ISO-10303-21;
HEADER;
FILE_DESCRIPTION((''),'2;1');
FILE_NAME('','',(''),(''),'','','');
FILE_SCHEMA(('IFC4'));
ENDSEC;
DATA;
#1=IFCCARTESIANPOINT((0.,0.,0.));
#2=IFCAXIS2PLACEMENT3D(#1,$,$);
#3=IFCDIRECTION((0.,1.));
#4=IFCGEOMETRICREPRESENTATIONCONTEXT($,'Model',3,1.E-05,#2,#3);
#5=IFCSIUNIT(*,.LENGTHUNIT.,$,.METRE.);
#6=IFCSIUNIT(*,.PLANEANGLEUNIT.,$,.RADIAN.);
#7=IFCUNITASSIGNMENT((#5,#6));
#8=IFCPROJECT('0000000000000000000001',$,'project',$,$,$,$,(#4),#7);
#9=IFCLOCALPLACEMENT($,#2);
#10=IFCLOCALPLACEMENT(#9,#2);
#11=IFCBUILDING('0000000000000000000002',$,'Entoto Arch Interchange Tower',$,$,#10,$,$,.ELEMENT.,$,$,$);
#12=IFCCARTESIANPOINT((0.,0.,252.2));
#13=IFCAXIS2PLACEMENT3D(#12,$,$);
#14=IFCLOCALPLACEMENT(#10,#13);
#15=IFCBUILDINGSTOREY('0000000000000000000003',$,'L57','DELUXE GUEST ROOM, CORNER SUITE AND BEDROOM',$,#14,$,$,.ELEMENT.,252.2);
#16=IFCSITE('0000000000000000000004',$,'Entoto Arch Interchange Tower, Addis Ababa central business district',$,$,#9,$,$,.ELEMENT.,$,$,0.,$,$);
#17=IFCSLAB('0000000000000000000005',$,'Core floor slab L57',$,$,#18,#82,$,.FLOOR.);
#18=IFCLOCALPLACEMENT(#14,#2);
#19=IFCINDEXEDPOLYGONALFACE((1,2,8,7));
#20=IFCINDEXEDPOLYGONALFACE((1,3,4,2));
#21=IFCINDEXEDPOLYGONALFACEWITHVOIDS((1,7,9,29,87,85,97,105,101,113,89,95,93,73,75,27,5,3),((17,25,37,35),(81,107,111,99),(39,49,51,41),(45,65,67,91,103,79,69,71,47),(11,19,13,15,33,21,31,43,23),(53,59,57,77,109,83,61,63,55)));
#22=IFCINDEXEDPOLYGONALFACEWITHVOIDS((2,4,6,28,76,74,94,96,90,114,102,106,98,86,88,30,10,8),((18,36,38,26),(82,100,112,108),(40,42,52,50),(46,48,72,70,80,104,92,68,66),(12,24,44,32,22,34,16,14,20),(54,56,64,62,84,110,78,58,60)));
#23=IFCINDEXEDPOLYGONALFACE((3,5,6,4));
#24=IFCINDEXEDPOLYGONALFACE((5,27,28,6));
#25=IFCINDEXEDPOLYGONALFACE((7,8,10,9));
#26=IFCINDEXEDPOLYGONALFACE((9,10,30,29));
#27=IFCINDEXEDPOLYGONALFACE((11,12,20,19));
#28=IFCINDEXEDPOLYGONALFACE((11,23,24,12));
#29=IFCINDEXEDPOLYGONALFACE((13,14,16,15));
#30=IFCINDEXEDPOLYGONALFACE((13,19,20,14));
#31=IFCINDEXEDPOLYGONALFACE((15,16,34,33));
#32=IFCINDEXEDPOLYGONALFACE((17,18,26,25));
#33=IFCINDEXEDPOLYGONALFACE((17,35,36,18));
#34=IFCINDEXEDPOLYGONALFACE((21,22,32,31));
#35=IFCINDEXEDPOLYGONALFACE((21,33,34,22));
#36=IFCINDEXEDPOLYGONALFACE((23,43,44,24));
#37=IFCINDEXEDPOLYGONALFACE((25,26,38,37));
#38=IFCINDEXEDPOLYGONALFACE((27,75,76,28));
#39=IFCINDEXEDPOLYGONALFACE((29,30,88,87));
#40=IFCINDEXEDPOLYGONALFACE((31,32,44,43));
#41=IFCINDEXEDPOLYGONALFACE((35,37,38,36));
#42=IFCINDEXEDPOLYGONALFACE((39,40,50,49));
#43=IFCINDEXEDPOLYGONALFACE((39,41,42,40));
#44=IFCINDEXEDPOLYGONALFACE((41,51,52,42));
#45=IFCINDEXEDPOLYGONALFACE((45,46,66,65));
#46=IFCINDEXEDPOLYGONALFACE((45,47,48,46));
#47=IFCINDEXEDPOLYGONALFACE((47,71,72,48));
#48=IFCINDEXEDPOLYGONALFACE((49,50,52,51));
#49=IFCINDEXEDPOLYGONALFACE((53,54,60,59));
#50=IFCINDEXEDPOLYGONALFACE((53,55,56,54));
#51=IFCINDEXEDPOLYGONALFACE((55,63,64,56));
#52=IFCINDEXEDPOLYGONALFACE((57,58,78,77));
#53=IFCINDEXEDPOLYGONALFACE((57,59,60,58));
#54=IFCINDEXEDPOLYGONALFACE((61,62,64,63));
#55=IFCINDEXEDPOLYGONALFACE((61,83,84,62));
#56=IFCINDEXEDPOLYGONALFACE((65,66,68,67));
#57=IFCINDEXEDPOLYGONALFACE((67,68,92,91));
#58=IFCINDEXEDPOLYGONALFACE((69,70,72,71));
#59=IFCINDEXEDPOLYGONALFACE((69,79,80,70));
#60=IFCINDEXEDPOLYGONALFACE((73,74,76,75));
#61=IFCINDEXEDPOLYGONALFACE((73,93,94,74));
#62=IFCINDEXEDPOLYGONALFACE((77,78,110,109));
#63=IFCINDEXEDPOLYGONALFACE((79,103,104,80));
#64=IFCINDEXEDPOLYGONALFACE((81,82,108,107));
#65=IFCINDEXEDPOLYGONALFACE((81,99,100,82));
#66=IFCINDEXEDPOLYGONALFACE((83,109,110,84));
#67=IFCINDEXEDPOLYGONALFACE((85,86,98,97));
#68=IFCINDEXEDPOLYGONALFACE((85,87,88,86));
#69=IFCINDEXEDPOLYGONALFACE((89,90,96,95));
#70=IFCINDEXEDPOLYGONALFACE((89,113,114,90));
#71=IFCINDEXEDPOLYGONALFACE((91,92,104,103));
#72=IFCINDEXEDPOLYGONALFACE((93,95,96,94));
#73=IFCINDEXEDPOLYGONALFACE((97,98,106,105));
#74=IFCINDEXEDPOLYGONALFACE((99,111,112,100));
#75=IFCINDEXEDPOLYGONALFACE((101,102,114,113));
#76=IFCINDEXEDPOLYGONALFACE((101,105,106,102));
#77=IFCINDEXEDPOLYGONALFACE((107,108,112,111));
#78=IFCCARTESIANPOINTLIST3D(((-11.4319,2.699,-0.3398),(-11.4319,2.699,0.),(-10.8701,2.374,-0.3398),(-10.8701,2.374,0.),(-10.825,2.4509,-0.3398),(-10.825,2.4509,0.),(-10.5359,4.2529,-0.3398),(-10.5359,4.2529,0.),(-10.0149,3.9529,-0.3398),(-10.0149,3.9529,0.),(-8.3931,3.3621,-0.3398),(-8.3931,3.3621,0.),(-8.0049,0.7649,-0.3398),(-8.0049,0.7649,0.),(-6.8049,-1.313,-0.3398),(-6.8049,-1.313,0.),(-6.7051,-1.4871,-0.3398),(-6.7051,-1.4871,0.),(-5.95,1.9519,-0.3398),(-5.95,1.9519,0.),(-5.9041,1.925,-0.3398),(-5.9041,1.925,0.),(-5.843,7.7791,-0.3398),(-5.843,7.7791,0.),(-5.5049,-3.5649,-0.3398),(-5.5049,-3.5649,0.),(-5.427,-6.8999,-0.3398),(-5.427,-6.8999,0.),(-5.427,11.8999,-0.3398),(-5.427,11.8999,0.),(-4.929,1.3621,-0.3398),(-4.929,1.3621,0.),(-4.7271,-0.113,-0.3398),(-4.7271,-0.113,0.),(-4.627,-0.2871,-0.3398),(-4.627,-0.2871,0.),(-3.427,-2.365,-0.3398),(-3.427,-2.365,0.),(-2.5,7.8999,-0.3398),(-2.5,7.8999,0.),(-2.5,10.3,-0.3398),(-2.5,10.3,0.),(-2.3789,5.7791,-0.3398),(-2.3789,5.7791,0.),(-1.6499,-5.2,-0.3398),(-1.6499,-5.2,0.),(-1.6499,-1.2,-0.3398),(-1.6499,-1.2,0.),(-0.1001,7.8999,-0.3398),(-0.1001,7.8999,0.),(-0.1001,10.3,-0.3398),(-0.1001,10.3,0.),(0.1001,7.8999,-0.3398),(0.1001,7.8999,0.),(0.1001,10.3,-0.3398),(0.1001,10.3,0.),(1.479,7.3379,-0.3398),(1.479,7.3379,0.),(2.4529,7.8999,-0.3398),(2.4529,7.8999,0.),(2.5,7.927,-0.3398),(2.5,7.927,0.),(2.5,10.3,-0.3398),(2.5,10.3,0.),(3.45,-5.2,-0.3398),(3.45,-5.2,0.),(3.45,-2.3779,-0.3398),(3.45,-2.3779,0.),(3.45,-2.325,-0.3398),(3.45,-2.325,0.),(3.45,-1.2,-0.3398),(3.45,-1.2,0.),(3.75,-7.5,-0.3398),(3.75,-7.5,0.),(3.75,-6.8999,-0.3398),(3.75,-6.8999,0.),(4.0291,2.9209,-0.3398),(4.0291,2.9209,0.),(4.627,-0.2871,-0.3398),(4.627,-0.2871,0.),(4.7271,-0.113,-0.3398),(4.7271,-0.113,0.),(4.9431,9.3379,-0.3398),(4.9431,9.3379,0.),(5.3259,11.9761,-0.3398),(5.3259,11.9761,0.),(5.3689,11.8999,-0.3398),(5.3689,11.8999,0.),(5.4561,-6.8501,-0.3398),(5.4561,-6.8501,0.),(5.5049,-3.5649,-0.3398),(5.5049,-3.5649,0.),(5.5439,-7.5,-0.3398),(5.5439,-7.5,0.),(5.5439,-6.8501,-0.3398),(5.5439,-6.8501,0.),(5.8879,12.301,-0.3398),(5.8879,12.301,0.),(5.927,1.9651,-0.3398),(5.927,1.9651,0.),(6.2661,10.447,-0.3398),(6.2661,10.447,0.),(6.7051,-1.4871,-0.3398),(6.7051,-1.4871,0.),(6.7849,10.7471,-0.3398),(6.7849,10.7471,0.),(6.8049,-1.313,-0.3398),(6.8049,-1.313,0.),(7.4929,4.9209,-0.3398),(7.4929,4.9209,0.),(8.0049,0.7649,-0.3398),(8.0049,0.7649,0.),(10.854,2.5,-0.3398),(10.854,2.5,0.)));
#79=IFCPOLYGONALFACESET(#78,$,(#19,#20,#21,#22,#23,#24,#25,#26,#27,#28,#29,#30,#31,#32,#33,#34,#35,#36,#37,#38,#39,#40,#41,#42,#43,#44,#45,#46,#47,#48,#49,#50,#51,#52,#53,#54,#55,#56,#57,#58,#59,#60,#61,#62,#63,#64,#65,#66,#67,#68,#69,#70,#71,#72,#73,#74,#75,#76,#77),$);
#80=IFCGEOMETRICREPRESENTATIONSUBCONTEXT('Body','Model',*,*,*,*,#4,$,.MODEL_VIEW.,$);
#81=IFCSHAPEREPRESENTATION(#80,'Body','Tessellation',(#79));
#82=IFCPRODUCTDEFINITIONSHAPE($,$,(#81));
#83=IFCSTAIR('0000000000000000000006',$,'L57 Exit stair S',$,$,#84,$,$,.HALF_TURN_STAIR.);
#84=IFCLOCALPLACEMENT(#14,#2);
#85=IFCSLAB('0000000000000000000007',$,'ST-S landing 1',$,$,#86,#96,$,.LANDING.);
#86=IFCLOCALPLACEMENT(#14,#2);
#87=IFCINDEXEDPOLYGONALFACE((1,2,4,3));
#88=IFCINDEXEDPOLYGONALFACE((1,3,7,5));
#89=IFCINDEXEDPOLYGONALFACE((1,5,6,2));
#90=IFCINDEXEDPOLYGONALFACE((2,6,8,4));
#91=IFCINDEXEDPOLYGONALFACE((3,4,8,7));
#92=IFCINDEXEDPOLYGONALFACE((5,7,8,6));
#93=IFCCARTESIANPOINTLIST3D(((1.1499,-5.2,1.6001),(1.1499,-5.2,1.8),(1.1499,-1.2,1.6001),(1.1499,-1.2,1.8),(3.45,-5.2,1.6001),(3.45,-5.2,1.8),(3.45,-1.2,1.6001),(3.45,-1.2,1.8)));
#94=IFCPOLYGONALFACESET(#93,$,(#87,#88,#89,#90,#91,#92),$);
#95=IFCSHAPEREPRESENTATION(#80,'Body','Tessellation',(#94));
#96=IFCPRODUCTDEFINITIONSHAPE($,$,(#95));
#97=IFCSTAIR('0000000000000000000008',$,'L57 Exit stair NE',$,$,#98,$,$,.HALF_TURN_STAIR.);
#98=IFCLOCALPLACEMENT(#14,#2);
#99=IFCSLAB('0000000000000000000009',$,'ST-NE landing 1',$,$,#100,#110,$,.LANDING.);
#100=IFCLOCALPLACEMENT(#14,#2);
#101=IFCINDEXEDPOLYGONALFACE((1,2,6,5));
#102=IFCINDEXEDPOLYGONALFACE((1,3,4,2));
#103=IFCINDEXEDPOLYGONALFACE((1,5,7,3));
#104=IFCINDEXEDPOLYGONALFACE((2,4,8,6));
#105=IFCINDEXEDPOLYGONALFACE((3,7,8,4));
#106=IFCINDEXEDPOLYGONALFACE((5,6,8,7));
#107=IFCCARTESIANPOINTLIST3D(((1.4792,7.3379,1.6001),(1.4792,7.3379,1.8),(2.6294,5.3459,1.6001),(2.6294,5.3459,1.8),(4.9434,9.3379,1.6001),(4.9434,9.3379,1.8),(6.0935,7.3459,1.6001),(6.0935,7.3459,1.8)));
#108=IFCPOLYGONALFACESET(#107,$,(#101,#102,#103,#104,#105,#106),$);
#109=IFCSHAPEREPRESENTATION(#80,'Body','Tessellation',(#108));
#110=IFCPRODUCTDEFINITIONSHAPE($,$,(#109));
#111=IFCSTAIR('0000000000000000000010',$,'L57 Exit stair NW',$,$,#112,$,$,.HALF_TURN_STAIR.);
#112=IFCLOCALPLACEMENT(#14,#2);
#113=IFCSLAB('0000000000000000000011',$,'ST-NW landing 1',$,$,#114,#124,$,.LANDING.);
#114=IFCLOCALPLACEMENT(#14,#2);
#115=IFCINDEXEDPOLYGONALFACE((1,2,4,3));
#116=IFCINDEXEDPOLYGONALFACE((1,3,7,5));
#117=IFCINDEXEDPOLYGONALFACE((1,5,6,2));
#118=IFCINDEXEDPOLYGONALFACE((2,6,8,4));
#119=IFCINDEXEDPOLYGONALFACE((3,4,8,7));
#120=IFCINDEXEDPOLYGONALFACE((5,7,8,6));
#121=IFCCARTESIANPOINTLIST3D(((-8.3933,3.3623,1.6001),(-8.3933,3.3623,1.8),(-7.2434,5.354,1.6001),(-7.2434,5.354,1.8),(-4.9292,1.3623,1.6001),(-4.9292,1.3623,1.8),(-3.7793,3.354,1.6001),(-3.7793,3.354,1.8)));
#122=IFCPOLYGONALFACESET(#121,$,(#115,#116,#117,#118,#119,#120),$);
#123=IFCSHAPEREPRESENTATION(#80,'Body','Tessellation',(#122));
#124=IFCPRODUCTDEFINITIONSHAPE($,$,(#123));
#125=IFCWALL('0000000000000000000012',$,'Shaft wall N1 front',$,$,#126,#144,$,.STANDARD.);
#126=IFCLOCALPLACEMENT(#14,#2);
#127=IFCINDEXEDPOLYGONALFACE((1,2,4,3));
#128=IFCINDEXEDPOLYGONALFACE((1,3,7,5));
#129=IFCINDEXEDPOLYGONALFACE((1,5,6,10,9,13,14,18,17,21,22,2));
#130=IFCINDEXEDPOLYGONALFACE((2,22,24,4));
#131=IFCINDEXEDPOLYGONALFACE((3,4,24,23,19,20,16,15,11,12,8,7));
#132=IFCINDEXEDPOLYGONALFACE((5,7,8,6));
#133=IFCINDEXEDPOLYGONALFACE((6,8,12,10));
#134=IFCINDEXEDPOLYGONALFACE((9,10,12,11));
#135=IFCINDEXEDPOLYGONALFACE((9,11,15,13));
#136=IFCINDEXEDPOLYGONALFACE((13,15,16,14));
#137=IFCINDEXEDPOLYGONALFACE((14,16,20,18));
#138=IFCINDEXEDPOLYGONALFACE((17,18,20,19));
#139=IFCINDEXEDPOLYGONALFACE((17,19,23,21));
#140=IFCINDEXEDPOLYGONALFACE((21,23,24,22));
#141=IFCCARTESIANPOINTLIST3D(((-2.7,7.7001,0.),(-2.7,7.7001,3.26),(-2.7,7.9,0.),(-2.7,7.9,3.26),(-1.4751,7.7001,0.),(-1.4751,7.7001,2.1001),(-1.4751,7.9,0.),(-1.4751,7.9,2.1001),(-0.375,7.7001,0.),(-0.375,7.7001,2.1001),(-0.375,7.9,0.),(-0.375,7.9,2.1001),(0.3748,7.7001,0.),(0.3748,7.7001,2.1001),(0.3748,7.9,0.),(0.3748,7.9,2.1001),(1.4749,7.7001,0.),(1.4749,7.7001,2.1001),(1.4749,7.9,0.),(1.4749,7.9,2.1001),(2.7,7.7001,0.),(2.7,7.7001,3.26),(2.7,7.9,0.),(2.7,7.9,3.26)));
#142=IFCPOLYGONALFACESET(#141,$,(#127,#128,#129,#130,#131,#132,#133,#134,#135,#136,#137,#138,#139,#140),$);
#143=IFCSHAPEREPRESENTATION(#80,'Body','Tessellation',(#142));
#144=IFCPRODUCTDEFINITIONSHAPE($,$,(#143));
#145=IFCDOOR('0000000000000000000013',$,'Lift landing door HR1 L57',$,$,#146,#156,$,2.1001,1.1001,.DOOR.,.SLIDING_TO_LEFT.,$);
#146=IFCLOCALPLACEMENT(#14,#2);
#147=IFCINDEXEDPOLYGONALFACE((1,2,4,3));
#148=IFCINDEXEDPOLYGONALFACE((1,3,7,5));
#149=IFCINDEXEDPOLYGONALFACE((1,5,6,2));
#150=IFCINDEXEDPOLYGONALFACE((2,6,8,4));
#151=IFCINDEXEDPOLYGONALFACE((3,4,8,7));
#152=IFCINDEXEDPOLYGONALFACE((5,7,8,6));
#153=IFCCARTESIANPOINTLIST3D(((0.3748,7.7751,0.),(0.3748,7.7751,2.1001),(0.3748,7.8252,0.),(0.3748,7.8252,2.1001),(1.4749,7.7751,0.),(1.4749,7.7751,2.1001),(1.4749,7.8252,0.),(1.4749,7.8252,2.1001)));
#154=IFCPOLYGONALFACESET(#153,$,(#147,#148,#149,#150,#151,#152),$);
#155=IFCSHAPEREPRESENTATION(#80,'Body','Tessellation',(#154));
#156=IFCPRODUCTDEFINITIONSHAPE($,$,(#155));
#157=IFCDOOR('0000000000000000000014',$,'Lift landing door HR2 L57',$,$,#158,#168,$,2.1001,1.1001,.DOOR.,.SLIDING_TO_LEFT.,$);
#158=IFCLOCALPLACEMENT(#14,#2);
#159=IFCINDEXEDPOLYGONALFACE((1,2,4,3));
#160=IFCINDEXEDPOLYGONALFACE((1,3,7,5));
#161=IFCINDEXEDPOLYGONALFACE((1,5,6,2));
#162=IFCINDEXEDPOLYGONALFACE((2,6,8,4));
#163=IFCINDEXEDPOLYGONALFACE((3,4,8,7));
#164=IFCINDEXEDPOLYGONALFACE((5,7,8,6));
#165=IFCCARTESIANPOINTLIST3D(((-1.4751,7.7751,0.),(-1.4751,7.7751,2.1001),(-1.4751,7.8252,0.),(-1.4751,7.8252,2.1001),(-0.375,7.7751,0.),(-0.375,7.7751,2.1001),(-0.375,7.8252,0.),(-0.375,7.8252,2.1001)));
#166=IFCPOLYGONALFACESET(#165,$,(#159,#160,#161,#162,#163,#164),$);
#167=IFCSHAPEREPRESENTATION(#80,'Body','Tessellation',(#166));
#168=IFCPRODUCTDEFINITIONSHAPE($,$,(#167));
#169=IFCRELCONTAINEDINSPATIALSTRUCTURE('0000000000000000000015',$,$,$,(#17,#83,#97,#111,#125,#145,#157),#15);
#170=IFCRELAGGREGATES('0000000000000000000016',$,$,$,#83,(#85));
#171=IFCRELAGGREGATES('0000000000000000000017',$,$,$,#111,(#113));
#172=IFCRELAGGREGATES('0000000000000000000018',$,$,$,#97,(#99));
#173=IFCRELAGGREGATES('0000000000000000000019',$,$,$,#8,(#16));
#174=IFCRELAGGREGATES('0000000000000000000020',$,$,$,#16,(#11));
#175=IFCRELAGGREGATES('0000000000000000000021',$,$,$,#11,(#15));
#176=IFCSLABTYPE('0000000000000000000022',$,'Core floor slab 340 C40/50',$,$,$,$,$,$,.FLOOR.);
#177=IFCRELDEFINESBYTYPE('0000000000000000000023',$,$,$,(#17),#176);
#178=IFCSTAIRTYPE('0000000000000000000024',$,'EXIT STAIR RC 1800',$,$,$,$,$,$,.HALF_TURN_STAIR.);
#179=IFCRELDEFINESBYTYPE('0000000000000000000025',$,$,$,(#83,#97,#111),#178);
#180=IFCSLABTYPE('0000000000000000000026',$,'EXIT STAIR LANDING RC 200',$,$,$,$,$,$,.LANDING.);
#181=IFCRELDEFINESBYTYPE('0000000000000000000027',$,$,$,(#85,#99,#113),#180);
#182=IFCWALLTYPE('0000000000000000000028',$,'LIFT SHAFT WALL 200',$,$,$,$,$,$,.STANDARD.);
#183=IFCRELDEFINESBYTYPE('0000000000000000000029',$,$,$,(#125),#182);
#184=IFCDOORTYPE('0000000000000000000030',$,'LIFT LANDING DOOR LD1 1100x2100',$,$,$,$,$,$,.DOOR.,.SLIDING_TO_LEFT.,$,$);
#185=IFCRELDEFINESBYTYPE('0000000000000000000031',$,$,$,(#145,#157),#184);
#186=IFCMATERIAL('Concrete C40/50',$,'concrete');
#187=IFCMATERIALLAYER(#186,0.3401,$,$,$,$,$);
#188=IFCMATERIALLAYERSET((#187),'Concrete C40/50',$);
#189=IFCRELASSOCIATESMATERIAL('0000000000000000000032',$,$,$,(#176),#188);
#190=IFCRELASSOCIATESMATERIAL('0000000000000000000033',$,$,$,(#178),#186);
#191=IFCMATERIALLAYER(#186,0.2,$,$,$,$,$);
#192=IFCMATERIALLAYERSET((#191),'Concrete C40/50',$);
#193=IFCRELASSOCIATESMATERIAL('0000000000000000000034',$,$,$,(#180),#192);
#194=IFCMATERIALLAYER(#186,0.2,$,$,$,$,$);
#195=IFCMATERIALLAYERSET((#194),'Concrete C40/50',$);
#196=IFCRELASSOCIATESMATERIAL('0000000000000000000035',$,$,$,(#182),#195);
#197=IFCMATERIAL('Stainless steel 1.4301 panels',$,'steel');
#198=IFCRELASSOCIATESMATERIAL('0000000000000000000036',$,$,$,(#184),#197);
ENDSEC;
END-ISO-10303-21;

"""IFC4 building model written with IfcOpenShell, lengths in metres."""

from ifc_helpers import new_model, si_unit, direction, frame, frame_2d, origin, place, context, subcontext, project, spatial, polyline, rectangle, outline, extrude, material, layer, layer_set, type_object, element, fill, aggregate, save


model = new_model("IFC4")

# Units and contexts
model_context = context("Model", 3, precision=1e-05, world=origin(), true_north=direction((0.0, 1.0)))
body_context = subcontext(model_context, "Body", "Model", "MODEL_VIEW")
ifc_project = project(units=[si_unit("LENGTHUNIT", "METRE"), si_unit("PLANEANGLEUNIT", "RADIAN")], contexts=[model_context])

# Site, building, storey
site_placement = place(None, origin())
site = spatial("IfcSite", under=ifc_project, at=site_placement, Name="Entoto Arch Interchange Tower, Addis Ababa central business district", CompositionType="ELEMENT", RefElevation=0.0)
building_placement = place(site_placement, origin())
building = spatial("IfcBuilding", under=site, at=building_placement, Name="Entoto Arch Interchange Tower", CompositionType="ELEMENT")
storey_placement = place(building_placement, frame((0.0, 0.0, 252.2)))
storey = spatial("IfcBuildingStorey", under=building, at=storey_placement, Name="L57", Description="DELUXE GUEST ROOM, CORNER SUITE AND BEDROOM", CompositionType="ELEMENT", Elevation=252.2)

# Slab
ifc_material_1 = material(Name="Concrete C40/50", Category="concrete")
ifc_layer_1 = layer(ifc_material_1, 0.3401)
ifc_layer_set_1 = layer_set([ifc_layer_1], Name="Concrete C40/50")
slab_type_1 = type_object("IfcSlabType", Name="Core floor slab 340 C40/50", PredefinedType="FLOOR", material=ifc_layer_set_1)
slab_1_placement = place(storey_placement, frame((0.0, 0.0, -0.3398)))
element("IfcSlab", 1, at=slab_1_placement, inside=storey, type_object=slab_type_1, Name="Core floor slab L57", PredefinedType="FLOOR", context=body_context, shape_type="SweptSolid", body=[
    extrude(outline(polyline([(-10.825, 2.4509), (-10.8701, 2.374), (-11.4319, 2.699), (-10.5359, 4.2529), (-10.0149, 3.9529), (-5.427, 11.8999), (5.3689, 11.8999), (5.3259, 11.9761), (5.8879, 12.301), (6.7849, 10.7471), (6.2661, 10.447), (10.854, 2.5), (5.4561, -6.8501), (5.5439, -6.8501), (5.5439, -7.5), (3.75, -7.5), (3.75, -6.8999), (-5.427, -6.8999), (-10.825, 2.4509)]), holes=[polyline([(-1.6499, -5.2), (3.45, -5.2), (3.45, -2.3779), (5.5049, -3.5649), (6.7051, -1.4871), (4.627, -0.2871), (3.45, -2.325), (3.45, -1.2), (-1.6499, -1.2), (-1.6499, -5.2)]), polyline([(-4.627, -0.2871), (-6.7051, -1.4871), (-5.5049, -3.5649), (-3.427, -2.365), (-4.627, -0.2871)]), polyline([(-5.9041, 1.925), (-4.929, 1.3621), (-2.3789, 5.7791), (-5.843, 7.7791), (-8.3931, 3.3621), (-5.95, 1.9519), (-8.0049, 0.7649), (-6.8049, -1.313), (-4.7271, -0.113), (-5.9041, 1.925)]), polyline([(4.7271, -0.113), (6.8049, -1.313), (8.0049, 0.7649), (5.927, 1.9651), (4.7271, -0.113)]), polyline([(2.5, 7.927), (2.5, 10.3), (0.1001, 10.3), (0.1001, 7.8999), (2.4529, 7.8999), (1.479, 7.3379), (4.0291, 2.9209), (7.4929, 4.9209), (4.9431, 9.3379), (2.5, 7.927)]), polyline([(-2.5, 7.8999), (-0.1001, 7.8999), (-0.1001, 10.3), (-2.5, 10.3), (-2.5, 7.8999)])]), origin(), (0.0, 0.0, 1.0), 0.3398),
])

# Stairs, slabs
stair_type = type_object("IfcStairType", Name="EXIT STAIR RC 1800", PredefinedType="HALF_TURN_STAIR", material=ifc_material_1)
stair_1_placement = place(storey_placement, origin())
stair_1 = element("IfcStair", 2, at=stair_1_placement, inside=storey, type_object=stair_type, Name="L57 Exit stair S", PredefinedType="HALF_TURN_STAIR")
ifc_layer_2 = layer(ifc_material_1, 0.2)
ifc_layer_set_2 = layer_set([ifc_layer_2], Name="Concrete C40/50")
slab_type_2 = type_object("IfcSlabType", Name="EXIT STAIR LANDING RC 200", PredefinedType="LANDING", material=ifc_layer_set_2)
slab_2_placement = place(storey_placement, frame((0.0, 0.0, 1.6001)))
slab_2 = element("IfcSlab", 3, at=slab_2_placement, type_object=slab_type_2, Name="ST-S landing 1", PredefinedType="LANDING", context=body_context, shape_type="SweptSolid", body=[
    extrude(outline(polyline([(1.1499, -5.2), (3.45, -5.2), (3.45, -1.2), (1.1499, -1.2), (1.1499, -5.2)])), origin(), (0.0, 0.0, 1.0), 0.2),
])
aggregate(stair_1, [slab_2])
stair_2_placement = place(storey_placement, origin())
stair_2 = element("IfcStair", 4, at=stair_2_placement, inside=storey, type_object=stair_type, Name="L57 Exit stair NE", PredefinedType="HALF_TURN_STAIR")
slab_3_placement = place(storey_placement, frame((0.0, 0.0, 1.6001)))
slab_3 = element("IfcSlab", 5, at=slab_3_placement, type_object=slab_type_2, Name="ST-NE landing 1", PredefinedType="LANDING", context=body_context, shape_type="SweptSolid", body=[
    extrude(outline(polyline([(6.0935, 7.3459), (4.9434, 9.3379), (1.4792, 7.3379), (2.6294, 5.3459), (6.0935, 7.3459)])), origin(), (0.0, 0.0, 1.0), 0.2),
])
stair_3_placement = place(storey_placement, origin())
stair_3 = element("IfcStair", 6, at=stair_3_placement, inside=storey, type_object=stair_type, Name="L57 Exit stair NW", PredefinedType="HALF_TURN_STAIR")
slab_4_placement = place(storey_placement, frame((0.0, 0.0, 1.6001)))
slab_4 = element("IfcSlab", 7, at=slab_4_placement, type_object=slab_type_2, Name="ST-NW landing 1", PredefinedType="LANDING", context=body_context, shape_type="SweptSolid", body=[
    extrude(outline(polyline([(-7.2434, 5.354), (-8.3933, 3.3623), (-4.9292, 1.3623), (-3.7793, 3.354), (-7.2434, 5.354)])), origin(), (0.0, 0.0, 1.0), 0.2),
])
aggregate(stair_3, [slab_4])

# Wall, openings, doors
ifc_layer_3 = layer(ifc_material_1, 0.2)
ifc_layer_set_3 = layer_set([ifc_layer_3], Name="Concrete C40/50")
wall_type_1 = type_object("IfcWallType", Name="LIFT SHAFT WALL 200", PredefinedType="STANDARD", material=ifc_layer_set_3)
wall_1_placement = place(storey_placement, frame((2.7, 7.8, 0.0), z_axis=(0.0, 0.0, 1.0), x_axis=(-1.0, 0.0, 0.0)))
wall_1 = element("IfcWall", 8, at=wall_1_placement, inside=storey, type_object=wall_type_1, Name="Shaft wall N1 front", PredefinedType="STANDARD", context=body_context, shape_type="SweptSolid", body=[
    extrude(rectangle(XDim=5.3999, YDim=0.2, at=frame_2d((2.7, 0.0))), origin(), (0.0, 0.0, 1.0), 3.26),
])
opening_1_placement = place(wall_1_placement, frame((1.2251, 0.0, 0.0)))
opening_1 = element("IfcOpeningElement", 9, at=opening_1_placement, cuts=wall_1, PredefinedType="OPENING", context=body_context, shape_type="SweptSolid", body=[
    extrude(rectangle(XDim=1.1001, YDim=2.1001, at=frame_2d((0.55, 1.05))), frame((0.0, 0.1099, 0.0), z_axis=(0.0, -1.0, 0.0), x_axis=(1.0, 0.0, 0.0)), (0.0, 0.0, 1.0), 0.22),
])
opening_2_placement = place(wall_1_placement, frame((3.075, 0.0, 0.0)))
opening_2 = element("IfcOpeningElement", 10, at=opening_2_placement, cuts=wall_1, PredefinedType="OPENING", context=body_context, shape_type="SweptSolid", body=[
    extrude(rectangle(XDim=1.1001, YDim=2.1001, at=frame_2d((0.55, 1.05))), frame((0.0, 0.1099, 0.0), z_axis=(0.0, -1.0, 0.0), x_axis=(1.0, 0.0, 0.0)), (0.0, 0.0, 1.0), 0.22),
])
ifc_material_2 = material(Name="Stainless steel 1.4301 panels", Category="steel")
door_type_1 = type_object("IfcDoorType", Name="LIFT LANDING DOOR LD1 1100x2100", OperationType="SLIDING_TO_LEFT", PredefinedType="DOOR", material=ifc_material_2)
door_1_placement = place(opening_1_placement, origin())
door_1 = element("IfcDoor", 11, at=door_1_placement, inside=storey, type_object=door_type_1, Name="Lift landing door HR1 L57", OperationType="SLIDING_TO_LEFT", OverallHeight=2.1001, OverallWidth=1.1001, PredefinedType="DOOR", context=body_context, shape_type="SweptSolid", body=[
    extrude(rectangle(XDim=1.1001, YDim=2.1001, at=frame_2d((0.55, 1.05))), frame((0.0, 0.0249, 0.0), z_axis=(0.0, -1.0, 0.0), x_axis=(1.0, 0.0, 0.0)), (0.0, 0.0, 1.0), 0.05),
])
fill(opening_1, door_1)
door_2_placement = place(opening_2_placement, origin())
door_2 = element("IfcDoor", 12, at=door_2_placement, inside=storey, type_object=door_type_1, Name="Lift landing door HR2 L57", OperationType="SLIDING_TO_LEFT", OverallHeight=2.1001, OverallWidth=1.1001, PredefinedType="DOOR", context=body_context, shape_type="SweptSolid", body=[
    extrude(rectangle(XDim=1.1001, YDim=2.1001, at=frame_2d((0.55, 1.05))), frame((0.0, 0.0249, 0.0), z_axis=(0.0, -1.0, 0.0), x_axis=(1.0, 0.0, 0.0)), (0.0, 0.0, 1.0), 0.05),
])
fill(opening_2, door_2)

aggregate(stair_2, [slab_3])

save(model, "model.ifc")
